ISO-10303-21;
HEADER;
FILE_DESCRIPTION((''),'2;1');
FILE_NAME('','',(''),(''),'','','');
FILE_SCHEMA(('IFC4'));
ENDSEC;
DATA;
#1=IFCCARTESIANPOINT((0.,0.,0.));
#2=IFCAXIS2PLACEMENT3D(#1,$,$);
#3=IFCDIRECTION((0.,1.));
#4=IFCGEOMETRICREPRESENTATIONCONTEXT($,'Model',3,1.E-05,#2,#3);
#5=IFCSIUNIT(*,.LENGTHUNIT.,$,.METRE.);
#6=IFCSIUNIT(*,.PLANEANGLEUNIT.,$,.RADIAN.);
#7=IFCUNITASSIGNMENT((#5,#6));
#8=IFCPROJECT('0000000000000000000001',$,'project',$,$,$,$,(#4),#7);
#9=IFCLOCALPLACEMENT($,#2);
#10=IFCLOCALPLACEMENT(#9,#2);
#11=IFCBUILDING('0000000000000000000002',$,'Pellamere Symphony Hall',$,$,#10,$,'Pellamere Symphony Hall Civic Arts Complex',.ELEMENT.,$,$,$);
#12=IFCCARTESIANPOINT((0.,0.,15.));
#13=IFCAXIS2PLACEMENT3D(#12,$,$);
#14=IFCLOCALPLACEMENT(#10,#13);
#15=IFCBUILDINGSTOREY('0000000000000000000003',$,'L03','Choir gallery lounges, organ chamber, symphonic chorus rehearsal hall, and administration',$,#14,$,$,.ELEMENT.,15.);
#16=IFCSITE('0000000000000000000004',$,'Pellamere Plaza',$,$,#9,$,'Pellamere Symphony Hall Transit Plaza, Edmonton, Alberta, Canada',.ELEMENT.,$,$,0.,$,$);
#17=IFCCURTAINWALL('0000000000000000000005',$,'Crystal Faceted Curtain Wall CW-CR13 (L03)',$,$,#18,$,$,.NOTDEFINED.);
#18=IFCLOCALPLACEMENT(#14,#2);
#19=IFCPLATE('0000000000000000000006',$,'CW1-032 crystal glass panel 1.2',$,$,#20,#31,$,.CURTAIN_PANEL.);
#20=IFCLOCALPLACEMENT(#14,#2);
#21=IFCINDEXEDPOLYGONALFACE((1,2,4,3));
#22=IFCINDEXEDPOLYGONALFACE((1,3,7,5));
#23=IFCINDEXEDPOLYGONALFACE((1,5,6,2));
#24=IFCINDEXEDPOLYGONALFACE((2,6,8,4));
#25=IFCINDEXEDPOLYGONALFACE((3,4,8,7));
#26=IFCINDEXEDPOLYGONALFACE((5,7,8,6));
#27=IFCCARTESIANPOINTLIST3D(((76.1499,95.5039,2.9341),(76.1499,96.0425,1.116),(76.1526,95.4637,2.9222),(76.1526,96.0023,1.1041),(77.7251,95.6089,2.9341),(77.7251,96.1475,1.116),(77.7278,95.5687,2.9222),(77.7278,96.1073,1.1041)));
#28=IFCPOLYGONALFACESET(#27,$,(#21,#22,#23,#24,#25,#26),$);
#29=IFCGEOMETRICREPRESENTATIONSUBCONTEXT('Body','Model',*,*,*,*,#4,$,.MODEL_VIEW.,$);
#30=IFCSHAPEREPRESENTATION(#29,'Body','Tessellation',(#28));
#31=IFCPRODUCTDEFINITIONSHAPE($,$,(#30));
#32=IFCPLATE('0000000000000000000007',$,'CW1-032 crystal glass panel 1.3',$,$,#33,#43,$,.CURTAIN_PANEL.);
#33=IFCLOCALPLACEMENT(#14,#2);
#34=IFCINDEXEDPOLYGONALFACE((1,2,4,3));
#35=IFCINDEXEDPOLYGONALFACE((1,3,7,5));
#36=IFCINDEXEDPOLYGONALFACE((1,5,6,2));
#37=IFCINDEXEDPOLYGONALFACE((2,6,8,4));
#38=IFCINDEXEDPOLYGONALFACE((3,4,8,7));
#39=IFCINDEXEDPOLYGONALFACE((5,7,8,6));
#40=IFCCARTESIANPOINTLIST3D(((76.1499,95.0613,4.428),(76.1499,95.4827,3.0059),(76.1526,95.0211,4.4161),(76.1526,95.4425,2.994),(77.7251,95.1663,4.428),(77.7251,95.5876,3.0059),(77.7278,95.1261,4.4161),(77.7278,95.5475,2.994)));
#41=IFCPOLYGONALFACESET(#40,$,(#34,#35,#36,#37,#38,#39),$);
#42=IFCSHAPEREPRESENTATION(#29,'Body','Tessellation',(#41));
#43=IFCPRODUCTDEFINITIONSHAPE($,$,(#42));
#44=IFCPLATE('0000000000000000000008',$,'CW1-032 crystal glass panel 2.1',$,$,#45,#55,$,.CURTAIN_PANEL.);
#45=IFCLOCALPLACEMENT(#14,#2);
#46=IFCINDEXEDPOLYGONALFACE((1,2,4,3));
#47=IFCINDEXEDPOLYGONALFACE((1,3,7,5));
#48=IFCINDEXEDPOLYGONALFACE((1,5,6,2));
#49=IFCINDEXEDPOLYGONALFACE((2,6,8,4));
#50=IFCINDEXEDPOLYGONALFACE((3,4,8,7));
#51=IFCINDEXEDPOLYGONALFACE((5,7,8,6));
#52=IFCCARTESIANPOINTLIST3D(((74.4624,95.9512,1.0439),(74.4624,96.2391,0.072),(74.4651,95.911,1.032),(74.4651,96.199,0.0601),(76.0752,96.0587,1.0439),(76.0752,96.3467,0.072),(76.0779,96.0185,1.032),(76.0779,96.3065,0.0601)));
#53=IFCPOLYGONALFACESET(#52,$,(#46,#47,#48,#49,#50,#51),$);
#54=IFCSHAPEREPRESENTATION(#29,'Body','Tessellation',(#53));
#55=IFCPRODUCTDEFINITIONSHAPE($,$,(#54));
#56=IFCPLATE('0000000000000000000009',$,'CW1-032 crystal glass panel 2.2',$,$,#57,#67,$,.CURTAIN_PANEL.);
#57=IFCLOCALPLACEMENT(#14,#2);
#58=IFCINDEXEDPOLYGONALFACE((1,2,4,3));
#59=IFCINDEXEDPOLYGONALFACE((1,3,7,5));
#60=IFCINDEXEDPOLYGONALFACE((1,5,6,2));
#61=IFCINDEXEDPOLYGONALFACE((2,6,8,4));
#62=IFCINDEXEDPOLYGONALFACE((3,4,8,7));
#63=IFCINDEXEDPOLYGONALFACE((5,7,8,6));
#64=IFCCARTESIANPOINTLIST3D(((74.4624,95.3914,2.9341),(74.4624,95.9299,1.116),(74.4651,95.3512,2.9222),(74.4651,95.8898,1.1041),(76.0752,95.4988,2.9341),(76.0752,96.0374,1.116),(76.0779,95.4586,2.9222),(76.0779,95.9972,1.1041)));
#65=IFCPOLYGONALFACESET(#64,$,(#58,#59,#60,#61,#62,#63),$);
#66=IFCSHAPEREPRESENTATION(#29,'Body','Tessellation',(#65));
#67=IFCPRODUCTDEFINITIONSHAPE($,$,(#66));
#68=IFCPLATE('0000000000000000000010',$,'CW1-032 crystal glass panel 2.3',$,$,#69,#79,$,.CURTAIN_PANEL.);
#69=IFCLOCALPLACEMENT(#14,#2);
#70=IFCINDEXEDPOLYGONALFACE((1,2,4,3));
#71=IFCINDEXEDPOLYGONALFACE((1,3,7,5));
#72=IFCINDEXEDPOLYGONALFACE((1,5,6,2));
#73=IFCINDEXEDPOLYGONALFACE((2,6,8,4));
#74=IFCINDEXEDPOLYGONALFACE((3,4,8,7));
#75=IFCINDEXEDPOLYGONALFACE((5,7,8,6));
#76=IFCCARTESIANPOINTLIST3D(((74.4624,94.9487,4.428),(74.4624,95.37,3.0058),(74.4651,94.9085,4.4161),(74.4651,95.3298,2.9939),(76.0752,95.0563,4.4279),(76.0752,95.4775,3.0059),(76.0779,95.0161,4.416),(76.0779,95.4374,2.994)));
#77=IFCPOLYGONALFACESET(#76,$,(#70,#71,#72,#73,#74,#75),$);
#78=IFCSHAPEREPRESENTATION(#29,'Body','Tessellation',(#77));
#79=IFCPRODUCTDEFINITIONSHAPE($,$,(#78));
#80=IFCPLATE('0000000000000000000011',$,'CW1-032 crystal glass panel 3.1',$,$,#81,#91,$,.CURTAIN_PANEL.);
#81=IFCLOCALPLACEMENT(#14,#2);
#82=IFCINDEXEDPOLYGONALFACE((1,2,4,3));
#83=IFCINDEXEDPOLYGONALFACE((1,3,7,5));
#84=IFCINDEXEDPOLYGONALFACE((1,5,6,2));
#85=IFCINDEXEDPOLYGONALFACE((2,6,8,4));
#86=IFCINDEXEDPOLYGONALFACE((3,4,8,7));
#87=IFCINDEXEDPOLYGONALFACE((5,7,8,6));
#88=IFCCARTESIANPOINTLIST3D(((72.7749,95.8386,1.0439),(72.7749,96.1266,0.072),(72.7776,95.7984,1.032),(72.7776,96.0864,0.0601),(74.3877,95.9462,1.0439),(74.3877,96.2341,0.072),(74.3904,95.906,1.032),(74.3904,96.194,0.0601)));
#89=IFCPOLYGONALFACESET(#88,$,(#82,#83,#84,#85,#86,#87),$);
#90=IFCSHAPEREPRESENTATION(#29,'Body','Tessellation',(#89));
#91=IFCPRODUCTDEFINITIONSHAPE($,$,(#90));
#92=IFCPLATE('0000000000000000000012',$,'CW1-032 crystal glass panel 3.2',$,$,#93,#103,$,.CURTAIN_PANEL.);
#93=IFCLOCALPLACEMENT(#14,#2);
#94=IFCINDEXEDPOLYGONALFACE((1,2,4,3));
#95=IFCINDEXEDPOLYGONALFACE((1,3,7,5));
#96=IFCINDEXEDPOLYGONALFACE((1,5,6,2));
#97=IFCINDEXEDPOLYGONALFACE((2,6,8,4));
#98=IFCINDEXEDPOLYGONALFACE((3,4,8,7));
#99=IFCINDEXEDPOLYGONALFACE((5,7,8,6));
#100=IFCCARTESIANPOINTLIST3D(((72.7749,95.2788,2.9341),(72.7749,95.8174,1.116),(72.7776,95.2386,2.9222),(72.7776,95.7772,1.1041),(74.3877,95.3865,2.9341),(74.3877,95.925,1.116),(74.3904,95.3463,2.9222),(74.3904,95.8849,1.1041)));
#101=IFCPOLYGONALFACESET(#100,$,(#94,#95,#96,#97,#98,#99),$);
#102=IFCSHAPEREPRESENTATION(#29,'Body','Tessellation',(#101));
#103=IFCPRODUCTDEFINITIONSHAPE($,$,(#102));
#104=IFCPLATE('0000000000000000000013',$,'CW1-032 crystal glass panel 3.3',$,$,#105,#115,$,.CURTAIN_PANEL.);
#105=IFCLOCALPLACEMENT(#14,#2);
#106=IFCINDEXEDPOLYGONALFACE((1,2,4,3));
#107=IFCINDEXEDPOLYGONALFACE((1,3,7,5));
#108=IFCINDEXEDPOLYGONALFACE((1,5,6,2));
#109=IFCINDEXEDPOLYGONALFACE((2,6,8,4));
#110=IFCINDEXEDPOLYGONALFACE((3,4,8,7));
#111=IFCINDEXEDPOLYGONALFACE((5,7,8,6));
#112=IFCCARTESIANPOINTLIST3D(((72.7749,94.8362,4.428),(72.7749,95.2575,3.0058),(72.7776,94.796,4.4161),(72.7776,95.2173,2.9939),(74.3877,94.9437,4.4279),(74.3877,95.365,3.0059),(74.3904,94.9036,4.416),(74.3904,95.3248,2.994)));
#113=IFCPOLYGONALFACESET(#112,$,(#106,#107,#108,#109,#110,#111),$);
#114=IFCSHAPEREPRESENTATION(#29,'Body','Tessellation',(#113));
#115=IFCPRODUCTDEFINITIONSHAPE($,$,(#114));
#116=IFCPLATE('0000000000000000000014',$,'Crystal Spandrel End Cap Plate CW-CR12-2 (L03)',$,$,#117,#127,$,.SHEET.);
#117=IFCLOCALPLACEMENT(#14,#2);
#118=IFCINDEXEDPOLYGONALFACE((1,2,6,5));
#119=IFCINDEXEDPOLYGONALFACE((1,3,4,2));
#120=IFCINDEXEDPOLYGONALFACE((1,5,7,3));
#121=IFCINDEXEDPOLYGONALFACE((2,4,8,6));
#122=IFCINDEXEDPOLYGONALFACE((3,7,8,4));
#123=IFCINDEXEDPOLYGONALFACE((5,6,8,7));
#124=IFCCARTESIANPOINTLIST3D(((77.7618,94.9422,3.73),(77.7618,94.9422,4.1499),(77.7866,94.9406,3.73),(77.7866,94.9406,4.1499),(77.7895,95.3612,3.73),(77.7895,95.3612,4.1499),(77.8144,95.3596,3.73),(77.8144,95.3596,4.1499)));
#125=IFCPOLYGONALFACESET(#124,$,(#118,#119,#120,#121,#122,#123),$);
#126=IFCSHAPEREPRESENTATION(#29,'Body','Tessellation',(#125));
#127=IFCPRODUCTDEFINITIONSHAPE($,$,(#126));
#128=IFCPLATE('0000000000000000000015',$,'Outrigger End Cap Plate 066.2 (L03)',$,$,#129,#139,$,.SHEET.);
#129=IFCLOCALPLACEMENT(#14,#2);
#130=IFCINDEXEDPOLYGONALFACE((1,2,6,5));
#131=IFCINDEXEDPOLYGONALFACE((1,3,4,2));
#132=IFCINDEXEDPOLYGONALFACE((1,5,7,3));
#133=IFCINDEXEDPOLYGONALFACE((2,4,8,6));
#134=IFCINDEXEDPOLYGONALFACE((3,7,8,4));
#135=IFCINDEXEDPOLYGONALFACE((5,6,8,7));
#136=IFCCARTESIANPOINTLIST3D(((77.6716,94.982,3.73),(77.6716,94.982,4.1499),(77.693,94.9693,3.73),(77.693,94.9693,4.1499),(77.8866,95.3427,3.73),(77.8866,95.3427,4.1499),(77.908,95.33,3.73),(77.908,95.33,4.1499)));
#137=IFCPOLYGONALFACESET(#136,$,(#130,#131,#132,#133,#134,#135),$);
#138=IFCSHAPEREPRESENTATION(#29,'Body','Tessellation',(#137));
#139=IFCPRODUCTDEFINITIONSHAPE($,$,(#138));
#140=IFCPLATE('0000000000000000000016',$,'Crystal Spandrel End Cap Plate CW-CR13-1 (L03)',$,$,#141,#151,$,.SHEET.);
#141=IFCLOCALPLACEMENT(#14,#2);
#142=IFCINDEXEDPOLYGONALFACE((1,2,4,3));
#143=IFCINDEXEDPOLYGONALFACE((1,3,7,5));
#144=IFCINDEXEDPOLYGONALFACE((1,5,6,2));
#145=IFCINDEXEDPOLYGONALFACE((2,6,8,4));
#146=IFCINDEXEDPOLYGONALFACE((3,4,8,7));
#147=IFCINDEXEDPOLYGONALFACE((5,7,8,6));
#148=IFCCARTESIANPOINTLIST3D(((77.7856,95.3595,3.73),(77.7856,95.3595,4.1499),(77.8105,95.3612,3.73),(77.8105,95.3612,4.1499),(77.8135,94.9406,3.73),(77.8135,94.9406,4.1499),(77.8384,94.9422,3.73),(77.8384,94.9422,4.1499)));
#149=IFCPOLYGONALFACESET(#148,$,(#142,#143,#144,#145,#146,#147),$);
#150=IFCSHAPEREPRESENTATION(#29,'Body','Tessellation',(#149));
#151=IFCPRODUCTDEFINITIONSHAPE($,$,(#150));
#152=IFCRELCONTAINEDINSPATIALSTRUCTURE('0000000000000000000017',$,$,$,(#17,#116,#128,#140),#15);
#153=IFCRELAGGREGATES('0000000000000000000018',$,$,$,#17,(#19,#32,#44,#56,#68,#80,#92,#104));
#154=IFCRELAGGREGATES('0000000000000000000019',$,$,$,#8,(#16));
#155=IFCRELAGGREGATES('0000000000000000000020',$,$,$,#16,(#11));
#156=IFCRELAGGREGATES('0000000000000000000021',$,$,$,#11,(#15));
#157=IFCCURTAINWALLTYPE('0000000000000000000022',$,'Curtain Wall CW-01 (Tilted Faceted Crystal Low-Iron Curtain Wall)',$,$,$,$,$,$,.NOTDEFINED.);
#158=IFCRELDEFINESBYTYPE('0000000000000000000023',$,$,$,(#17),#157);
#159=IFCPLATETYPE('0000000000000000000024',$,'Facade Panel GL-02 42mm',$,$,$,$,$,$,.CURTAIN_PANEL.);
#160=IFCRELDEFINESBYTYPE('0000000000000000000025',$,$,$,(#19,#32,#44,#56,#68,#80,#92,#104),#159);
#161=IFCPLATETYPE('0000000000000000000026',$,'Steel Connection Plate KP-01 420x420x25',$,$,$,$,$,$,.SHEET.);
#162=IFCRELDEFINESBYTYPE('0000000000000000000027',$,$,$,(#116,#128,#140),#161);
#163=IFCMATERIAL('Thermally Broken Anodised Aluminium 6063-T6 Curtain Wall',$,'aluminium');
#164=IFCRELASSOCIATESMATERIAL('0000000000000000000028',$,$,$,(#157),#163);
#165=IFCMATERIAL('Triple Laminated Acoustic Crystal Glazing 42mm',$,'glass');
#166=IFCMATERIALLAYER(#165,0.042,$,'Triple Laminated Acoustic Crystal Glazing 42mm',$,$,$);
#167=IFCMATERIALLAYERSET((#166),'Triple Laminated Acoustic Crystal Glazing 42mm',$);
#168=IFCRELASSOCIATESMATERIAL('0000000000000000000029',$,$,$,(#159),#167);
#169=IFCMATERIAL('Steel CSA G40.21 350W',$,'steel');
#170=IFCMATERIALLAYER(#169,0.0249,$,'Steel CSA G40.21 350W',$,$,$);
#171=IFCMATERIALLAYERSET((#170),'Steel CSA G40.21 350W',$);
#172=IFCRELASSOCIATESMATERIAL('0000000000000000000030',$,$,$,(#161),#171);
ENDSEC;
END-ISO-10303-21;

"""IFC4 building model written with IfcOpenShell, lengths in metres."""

from ifc_helpers import new_model, si_unit, direction, frame, origin, origin_2d, place, context, subcontext, project, spatial, polyline, rectangle, outline, extrude, material, layer, layer_set, type_object, element, aggregate, save


model = new_model("IFC4")

# Units and contexts
model_context = context("Model", 3, precision=1e-05, world=origin(), true_north=direction((0.0, 1.0)))
body_context = subcontext(model_context, "Body", "Model", "MODEL_VIEW")
ifc_project = project(units=[si_unit("LENGTHUNIT", "METRE"), si_unit("PLANEANGLEUNIT", "RADIAN")], contexts=[model_context])

# Site, building, storey
site_placement = place(None, origin())
site = spatial("IfcSite", under=ifc_project, at=site_placement, Name="Pellamere Plaza", LongName="Pellamere Symphony Hall Transit Plaza, Edmonton, Alberta, Canada", CompositionType="ELEMENT", RefElevation=0.0)
building_placement = place(site_placement, origin())
building = spatial("IfcBuilding", under=site, at=building_placement, Name="Pellamere Symphony Hall", LongName="Pellamere Symphony Hall Civic Arts Complex", CompositionType="ELEMENT")
storey_placement = place(building_placement, frame((0.0, 0.0, 15.0)))
storey = spatial("IfcBuildingStorey", under=building, at=storey_placement, Name="L03", Description="Choir gallery lounges, organ chamber, symphonic chorus rehearsal hall, and administration", CompositionType="ELEMENT", Elevation=15.0)

# Shared definitions
ifc_material_1 = material(Name="Thermally Broken Anodised Aluminium 6063-T6 Curtain Wall", Category="aluminium")
curtain_wall_type = type_object("IfcCurtainWallType", Name="Curtain Wall CW-01 (Tilted Faceted Crystal Low-Iron Curtain Wall)", PredefinedType="NOTDEFINED", material=ifc_material_1)

# Curtain wall
curtain_wall_1_placement = place(storey_placement, origin())
curtain_wall_1 = element("IfcCurtainWall", 1, at=curtain_wall_1_placement, inside=storey, type_object=curtain_wall_type, Name="Crystal Faceted Curtain Wall CW-CR13 (L03)", PredefinedType="NOTDEFINED")

# Shared definitions
ifc_material_2 = material(Name="Steel CSA G40.21 350W", Category="steel")

# Plates
ifc_material_3 = material(Name="Triple Laminated Acoustic Crystal Glazing 42mm", Category="glass")
ifc_layer_1 = layer(ifc_material_3, 0.042, Name="Triple Laminated Acoustic Crystal Glazing 42mm")
ifc_layer_set_1 = layer_set([ifc_layer_1], Name="Triple Laminated Acoustic Crystal Glazing 42mm")
plate_type_1 = type_object("IfcPlateType", Name="Facade Panel GL-02 42mm", PredefinedType="CURTAIN_PANEL", material=ifc_layer_set_1)
plate_1_placement = place(storey_placement, frame((77.7251, 96.1475, 1.116), z_axis=(-0.063771, 0.956865, 0.283449), x_axis=(-0.997787, -0.066498, 0.0)))
plate_1 = element("IfcPlate", 2, at=plate_1_placement, type_object=plate_type_1, Name="CW1-032 crystal glass panel 1.2", PredefinedType="CURTAIN_PANEL", context=body_context, shape_type="SweptSolid", body=[
    extrude(outline(polyline([(0.0, 0.0), (1.5787, 0.0), (1.6145, 1.8959), (0.0358, 1.8959), (0.0, 0.0)])), origin(), (0.0, 0.0, -1.0), 0.042),
])
plate_2_placement = place(storey_placement, frame((77.7251, 95.5876, 3.0059), z_axis=(-0.06377, 0.956843, 0.283521), x_axis=(-0.997787, -0.066498, 0.0)))
plate_2 = element("IfcPlate", 3, at=plate_2_placement, type_object=plate_type_1, Name="CW1-032 crystal glass panel 1.3", PredefinedType="CURTAIN_PANEL", context=body_context, shape_type="SweptSolid", body=[
    extrude(outline(polyline([(0.0, 0.0), (1.5787, 0.0), (1.6067, 1.483), (0.028, 1.483), (0.0, 0.0)])), origin(), (0.0, 0.0, -1.0), 0.042),
])
plate_3_placement = place(storey_placement, frame((76.0752, 96.3467, 0.072), z_axis=(-0.063804, 0.956848, 0.283497), x_axis=(-0.997785, -0.066528, -0.00002)))
plate_3 = element("IfcPlate", 4, at=plate_3_placement, type_object=plate_type_1, Name="CW1-032 crystal glass panel 2.1", PredefinedType="CURTAIN_PANEL", context=body_context, shape_type="SweptSolid", body=[
    extrude(outline(polyline([(0.0, 0.0), (1.6164, 0.0), (1.6355, 1.0135), (0.0191, 1.0135), (0.0, 0.0)])), origin(), (0.0, 0.0, -1.0), 0.042),
])
plate_4_placement = place(storey_placement, frame((76.0752, 96.0374, 1.116), z_axis=(-0.063733, 0.956867, 0.28345), x_axis=(-0.997789, -0.066459, 0.0)))
plate_4 = element("IfcPlate", 5, at=plate_4_placement, type_object=plate_type_1, Name="CW1-032 crystal glass panel 2.2", PredefinedType="CURTAIN_PANEL", context=body_context, shape_type="SweptSolid", body=[
    extrude(outline(polyline([(0.0, 0.0), (1.6164, 0.0), (1.6522, 1.8959), (0.0358, 1.8959), (0.0, 0.0)])), origin(), (0.0, 0.0, -1.0), 0.042),
])
plate_5_placement = place(storey_placement, frame((76.0752, 95.4775, 3.0059), z_axis=(-0.063805, 0.956863, 0.283445), x_axis=(-0.997785, -0.066528, -0.00002)))
plate_5 = element("IfcPlate", 6, at=plate_5_placement, type_object=plate_type_1, Name="CW1-032 crystal glass panel 2.3", PredefinedType="CURTAIN_PANEL", context=body_context, shape_type="SweptSolid", body=[
    extrude(outline(polyline([(0.0, 0.0), (1.6164, 0.0), (1.6444, 1.483), (0.028, 1.4829), (0.0, 0.0)])), origin(), (0.0, 0.0, -1.0), 0.042),
])
plate_6_placement = place(storey_placement, frame((74.3877, 96.2341, 0.072), z_axis=(-0.063804, 0.956848, 0.283497), x_axis=(-0.997785, -0.066528, -0.00002)))
plate_6 = element("IfcPlate", 7, at=plate_6_placement, type_object=plate_type_1, Name="CW1-032 crystal glass panel 3.1", PredefinedType="CURTAIN_PANEL", context=body_context, shape_type="SweptSolid", body=[
    extrude(outline(polyline([(0.0, 0.0), (1.6164, 0.0), (1.6355, 1.0135), (0.0191, 1.0135), (0.0, 0.0)])), origin(), (0.0, 0.0, -1.0), 0.042),
])
plate_7_placement = place(storey_placement, frame((74.3877, 95.925, 1.116), z_axis=(-0.063877, 0.956858, 0.283447), x_axis=(-0.997779, -0.066609, 0.0)))
plate_7 = element("IfcPlate", 8, at=plate_7_placement, type_object=plate_type_1, Name="CW1-032 crystal glass panel 3.2", PredefinedType="CURTAIN_PANEL", context=body_context, shape_type="SweptSolid", body=[
    extrude(outline(polyline([(0.0, 0.0), (1.6164, 0.0), (1.6523, 1.8959), (0.0359, 1.8959), (0.0, 0.0)])), origin(), (0.0, 0.0, -1.0), 0.042),
])
plate_8_placement = place(storey_placement, frame((74.3877, 95.365, 3.0059), z_axis=(-0.063805, 0.956863, 0.283445), x_axis=(-0.997785, -0.066528, -0.00002)))
plate_8 = element("IfcPlate", 9, at=plate_8_placement, type_object=plate_type_1, Name="CW1-032 crystal glass panel 3.3", PredefinedType="CURTAIN_PANEL", context=body_context, shape_type="SweptSolid", body=[
    extrude(outline(polyline([(0.0, 0.0), (1.6164, 0.0), (1.6444, 1.483), (0.028, 1.4829), (0.0, 0.0)])), origin(), (0.0, 0.0, -1.0), 0.042),
])
aggregate(curtain_wall_1, [plate_1, plate_2, plate_3, plate_4, plate_5, plate_6, plate_7, plate_8])

# Plates
ifc_layer_2 = layer(ifc_material_2, 0.0249, Name="Steel CSA G40.21 350W")
ifc_layer_set_2 = layer_set([ifc_layer_2], Name="Steel CSA G40.21 350W")
plate_type_2 = type_object("IfcPlateType", Name="Steel Connection Plate KP-01 420x420x25", PredefinedType="SHEET", material=ifc_layer_set_2)
for number, where, z_axis, x_axis, name in (
    (10, (77.7881, 95.1509, 3.73), (0.0, 0.0, 1.0), (-0.997813, 0.0661, 0.0), "Crystal Spandrel End Cap Plate CW-CR12-2 (L03)"),
    (11, (77.7898, 95.156, 3.73), (0.0, 0.0, 1.0), (-0.85896, 0.512043, 0.0), "Outrigger End Cap Plate 066.2 (L03)"),
    (12, (77.812, 95.1509, 3.73), (0.0, 0.0, 1.0), (-0.99779, -0.066448, 0.0), "Crystal Spandrel End Cap Plate CW-CR13-1 (L03)"),
):
    element("IfcPlate", number, at=place(storey_placement, frame(where, z_axis=z_axis, x_axis=x_axis)), inside=storey, type_object=plate_type_2, Name=name, PredefinedType="SHEET", context=body_context, shape_type="SweptSolid", body=[
        extrude(rectangle(XDim=0.0249, YDim=0.4199, at=origin_2d()), origin(), (0.0, 0.0, 1.0), 0.4199),
    ])

save(model, "model.ifc")
